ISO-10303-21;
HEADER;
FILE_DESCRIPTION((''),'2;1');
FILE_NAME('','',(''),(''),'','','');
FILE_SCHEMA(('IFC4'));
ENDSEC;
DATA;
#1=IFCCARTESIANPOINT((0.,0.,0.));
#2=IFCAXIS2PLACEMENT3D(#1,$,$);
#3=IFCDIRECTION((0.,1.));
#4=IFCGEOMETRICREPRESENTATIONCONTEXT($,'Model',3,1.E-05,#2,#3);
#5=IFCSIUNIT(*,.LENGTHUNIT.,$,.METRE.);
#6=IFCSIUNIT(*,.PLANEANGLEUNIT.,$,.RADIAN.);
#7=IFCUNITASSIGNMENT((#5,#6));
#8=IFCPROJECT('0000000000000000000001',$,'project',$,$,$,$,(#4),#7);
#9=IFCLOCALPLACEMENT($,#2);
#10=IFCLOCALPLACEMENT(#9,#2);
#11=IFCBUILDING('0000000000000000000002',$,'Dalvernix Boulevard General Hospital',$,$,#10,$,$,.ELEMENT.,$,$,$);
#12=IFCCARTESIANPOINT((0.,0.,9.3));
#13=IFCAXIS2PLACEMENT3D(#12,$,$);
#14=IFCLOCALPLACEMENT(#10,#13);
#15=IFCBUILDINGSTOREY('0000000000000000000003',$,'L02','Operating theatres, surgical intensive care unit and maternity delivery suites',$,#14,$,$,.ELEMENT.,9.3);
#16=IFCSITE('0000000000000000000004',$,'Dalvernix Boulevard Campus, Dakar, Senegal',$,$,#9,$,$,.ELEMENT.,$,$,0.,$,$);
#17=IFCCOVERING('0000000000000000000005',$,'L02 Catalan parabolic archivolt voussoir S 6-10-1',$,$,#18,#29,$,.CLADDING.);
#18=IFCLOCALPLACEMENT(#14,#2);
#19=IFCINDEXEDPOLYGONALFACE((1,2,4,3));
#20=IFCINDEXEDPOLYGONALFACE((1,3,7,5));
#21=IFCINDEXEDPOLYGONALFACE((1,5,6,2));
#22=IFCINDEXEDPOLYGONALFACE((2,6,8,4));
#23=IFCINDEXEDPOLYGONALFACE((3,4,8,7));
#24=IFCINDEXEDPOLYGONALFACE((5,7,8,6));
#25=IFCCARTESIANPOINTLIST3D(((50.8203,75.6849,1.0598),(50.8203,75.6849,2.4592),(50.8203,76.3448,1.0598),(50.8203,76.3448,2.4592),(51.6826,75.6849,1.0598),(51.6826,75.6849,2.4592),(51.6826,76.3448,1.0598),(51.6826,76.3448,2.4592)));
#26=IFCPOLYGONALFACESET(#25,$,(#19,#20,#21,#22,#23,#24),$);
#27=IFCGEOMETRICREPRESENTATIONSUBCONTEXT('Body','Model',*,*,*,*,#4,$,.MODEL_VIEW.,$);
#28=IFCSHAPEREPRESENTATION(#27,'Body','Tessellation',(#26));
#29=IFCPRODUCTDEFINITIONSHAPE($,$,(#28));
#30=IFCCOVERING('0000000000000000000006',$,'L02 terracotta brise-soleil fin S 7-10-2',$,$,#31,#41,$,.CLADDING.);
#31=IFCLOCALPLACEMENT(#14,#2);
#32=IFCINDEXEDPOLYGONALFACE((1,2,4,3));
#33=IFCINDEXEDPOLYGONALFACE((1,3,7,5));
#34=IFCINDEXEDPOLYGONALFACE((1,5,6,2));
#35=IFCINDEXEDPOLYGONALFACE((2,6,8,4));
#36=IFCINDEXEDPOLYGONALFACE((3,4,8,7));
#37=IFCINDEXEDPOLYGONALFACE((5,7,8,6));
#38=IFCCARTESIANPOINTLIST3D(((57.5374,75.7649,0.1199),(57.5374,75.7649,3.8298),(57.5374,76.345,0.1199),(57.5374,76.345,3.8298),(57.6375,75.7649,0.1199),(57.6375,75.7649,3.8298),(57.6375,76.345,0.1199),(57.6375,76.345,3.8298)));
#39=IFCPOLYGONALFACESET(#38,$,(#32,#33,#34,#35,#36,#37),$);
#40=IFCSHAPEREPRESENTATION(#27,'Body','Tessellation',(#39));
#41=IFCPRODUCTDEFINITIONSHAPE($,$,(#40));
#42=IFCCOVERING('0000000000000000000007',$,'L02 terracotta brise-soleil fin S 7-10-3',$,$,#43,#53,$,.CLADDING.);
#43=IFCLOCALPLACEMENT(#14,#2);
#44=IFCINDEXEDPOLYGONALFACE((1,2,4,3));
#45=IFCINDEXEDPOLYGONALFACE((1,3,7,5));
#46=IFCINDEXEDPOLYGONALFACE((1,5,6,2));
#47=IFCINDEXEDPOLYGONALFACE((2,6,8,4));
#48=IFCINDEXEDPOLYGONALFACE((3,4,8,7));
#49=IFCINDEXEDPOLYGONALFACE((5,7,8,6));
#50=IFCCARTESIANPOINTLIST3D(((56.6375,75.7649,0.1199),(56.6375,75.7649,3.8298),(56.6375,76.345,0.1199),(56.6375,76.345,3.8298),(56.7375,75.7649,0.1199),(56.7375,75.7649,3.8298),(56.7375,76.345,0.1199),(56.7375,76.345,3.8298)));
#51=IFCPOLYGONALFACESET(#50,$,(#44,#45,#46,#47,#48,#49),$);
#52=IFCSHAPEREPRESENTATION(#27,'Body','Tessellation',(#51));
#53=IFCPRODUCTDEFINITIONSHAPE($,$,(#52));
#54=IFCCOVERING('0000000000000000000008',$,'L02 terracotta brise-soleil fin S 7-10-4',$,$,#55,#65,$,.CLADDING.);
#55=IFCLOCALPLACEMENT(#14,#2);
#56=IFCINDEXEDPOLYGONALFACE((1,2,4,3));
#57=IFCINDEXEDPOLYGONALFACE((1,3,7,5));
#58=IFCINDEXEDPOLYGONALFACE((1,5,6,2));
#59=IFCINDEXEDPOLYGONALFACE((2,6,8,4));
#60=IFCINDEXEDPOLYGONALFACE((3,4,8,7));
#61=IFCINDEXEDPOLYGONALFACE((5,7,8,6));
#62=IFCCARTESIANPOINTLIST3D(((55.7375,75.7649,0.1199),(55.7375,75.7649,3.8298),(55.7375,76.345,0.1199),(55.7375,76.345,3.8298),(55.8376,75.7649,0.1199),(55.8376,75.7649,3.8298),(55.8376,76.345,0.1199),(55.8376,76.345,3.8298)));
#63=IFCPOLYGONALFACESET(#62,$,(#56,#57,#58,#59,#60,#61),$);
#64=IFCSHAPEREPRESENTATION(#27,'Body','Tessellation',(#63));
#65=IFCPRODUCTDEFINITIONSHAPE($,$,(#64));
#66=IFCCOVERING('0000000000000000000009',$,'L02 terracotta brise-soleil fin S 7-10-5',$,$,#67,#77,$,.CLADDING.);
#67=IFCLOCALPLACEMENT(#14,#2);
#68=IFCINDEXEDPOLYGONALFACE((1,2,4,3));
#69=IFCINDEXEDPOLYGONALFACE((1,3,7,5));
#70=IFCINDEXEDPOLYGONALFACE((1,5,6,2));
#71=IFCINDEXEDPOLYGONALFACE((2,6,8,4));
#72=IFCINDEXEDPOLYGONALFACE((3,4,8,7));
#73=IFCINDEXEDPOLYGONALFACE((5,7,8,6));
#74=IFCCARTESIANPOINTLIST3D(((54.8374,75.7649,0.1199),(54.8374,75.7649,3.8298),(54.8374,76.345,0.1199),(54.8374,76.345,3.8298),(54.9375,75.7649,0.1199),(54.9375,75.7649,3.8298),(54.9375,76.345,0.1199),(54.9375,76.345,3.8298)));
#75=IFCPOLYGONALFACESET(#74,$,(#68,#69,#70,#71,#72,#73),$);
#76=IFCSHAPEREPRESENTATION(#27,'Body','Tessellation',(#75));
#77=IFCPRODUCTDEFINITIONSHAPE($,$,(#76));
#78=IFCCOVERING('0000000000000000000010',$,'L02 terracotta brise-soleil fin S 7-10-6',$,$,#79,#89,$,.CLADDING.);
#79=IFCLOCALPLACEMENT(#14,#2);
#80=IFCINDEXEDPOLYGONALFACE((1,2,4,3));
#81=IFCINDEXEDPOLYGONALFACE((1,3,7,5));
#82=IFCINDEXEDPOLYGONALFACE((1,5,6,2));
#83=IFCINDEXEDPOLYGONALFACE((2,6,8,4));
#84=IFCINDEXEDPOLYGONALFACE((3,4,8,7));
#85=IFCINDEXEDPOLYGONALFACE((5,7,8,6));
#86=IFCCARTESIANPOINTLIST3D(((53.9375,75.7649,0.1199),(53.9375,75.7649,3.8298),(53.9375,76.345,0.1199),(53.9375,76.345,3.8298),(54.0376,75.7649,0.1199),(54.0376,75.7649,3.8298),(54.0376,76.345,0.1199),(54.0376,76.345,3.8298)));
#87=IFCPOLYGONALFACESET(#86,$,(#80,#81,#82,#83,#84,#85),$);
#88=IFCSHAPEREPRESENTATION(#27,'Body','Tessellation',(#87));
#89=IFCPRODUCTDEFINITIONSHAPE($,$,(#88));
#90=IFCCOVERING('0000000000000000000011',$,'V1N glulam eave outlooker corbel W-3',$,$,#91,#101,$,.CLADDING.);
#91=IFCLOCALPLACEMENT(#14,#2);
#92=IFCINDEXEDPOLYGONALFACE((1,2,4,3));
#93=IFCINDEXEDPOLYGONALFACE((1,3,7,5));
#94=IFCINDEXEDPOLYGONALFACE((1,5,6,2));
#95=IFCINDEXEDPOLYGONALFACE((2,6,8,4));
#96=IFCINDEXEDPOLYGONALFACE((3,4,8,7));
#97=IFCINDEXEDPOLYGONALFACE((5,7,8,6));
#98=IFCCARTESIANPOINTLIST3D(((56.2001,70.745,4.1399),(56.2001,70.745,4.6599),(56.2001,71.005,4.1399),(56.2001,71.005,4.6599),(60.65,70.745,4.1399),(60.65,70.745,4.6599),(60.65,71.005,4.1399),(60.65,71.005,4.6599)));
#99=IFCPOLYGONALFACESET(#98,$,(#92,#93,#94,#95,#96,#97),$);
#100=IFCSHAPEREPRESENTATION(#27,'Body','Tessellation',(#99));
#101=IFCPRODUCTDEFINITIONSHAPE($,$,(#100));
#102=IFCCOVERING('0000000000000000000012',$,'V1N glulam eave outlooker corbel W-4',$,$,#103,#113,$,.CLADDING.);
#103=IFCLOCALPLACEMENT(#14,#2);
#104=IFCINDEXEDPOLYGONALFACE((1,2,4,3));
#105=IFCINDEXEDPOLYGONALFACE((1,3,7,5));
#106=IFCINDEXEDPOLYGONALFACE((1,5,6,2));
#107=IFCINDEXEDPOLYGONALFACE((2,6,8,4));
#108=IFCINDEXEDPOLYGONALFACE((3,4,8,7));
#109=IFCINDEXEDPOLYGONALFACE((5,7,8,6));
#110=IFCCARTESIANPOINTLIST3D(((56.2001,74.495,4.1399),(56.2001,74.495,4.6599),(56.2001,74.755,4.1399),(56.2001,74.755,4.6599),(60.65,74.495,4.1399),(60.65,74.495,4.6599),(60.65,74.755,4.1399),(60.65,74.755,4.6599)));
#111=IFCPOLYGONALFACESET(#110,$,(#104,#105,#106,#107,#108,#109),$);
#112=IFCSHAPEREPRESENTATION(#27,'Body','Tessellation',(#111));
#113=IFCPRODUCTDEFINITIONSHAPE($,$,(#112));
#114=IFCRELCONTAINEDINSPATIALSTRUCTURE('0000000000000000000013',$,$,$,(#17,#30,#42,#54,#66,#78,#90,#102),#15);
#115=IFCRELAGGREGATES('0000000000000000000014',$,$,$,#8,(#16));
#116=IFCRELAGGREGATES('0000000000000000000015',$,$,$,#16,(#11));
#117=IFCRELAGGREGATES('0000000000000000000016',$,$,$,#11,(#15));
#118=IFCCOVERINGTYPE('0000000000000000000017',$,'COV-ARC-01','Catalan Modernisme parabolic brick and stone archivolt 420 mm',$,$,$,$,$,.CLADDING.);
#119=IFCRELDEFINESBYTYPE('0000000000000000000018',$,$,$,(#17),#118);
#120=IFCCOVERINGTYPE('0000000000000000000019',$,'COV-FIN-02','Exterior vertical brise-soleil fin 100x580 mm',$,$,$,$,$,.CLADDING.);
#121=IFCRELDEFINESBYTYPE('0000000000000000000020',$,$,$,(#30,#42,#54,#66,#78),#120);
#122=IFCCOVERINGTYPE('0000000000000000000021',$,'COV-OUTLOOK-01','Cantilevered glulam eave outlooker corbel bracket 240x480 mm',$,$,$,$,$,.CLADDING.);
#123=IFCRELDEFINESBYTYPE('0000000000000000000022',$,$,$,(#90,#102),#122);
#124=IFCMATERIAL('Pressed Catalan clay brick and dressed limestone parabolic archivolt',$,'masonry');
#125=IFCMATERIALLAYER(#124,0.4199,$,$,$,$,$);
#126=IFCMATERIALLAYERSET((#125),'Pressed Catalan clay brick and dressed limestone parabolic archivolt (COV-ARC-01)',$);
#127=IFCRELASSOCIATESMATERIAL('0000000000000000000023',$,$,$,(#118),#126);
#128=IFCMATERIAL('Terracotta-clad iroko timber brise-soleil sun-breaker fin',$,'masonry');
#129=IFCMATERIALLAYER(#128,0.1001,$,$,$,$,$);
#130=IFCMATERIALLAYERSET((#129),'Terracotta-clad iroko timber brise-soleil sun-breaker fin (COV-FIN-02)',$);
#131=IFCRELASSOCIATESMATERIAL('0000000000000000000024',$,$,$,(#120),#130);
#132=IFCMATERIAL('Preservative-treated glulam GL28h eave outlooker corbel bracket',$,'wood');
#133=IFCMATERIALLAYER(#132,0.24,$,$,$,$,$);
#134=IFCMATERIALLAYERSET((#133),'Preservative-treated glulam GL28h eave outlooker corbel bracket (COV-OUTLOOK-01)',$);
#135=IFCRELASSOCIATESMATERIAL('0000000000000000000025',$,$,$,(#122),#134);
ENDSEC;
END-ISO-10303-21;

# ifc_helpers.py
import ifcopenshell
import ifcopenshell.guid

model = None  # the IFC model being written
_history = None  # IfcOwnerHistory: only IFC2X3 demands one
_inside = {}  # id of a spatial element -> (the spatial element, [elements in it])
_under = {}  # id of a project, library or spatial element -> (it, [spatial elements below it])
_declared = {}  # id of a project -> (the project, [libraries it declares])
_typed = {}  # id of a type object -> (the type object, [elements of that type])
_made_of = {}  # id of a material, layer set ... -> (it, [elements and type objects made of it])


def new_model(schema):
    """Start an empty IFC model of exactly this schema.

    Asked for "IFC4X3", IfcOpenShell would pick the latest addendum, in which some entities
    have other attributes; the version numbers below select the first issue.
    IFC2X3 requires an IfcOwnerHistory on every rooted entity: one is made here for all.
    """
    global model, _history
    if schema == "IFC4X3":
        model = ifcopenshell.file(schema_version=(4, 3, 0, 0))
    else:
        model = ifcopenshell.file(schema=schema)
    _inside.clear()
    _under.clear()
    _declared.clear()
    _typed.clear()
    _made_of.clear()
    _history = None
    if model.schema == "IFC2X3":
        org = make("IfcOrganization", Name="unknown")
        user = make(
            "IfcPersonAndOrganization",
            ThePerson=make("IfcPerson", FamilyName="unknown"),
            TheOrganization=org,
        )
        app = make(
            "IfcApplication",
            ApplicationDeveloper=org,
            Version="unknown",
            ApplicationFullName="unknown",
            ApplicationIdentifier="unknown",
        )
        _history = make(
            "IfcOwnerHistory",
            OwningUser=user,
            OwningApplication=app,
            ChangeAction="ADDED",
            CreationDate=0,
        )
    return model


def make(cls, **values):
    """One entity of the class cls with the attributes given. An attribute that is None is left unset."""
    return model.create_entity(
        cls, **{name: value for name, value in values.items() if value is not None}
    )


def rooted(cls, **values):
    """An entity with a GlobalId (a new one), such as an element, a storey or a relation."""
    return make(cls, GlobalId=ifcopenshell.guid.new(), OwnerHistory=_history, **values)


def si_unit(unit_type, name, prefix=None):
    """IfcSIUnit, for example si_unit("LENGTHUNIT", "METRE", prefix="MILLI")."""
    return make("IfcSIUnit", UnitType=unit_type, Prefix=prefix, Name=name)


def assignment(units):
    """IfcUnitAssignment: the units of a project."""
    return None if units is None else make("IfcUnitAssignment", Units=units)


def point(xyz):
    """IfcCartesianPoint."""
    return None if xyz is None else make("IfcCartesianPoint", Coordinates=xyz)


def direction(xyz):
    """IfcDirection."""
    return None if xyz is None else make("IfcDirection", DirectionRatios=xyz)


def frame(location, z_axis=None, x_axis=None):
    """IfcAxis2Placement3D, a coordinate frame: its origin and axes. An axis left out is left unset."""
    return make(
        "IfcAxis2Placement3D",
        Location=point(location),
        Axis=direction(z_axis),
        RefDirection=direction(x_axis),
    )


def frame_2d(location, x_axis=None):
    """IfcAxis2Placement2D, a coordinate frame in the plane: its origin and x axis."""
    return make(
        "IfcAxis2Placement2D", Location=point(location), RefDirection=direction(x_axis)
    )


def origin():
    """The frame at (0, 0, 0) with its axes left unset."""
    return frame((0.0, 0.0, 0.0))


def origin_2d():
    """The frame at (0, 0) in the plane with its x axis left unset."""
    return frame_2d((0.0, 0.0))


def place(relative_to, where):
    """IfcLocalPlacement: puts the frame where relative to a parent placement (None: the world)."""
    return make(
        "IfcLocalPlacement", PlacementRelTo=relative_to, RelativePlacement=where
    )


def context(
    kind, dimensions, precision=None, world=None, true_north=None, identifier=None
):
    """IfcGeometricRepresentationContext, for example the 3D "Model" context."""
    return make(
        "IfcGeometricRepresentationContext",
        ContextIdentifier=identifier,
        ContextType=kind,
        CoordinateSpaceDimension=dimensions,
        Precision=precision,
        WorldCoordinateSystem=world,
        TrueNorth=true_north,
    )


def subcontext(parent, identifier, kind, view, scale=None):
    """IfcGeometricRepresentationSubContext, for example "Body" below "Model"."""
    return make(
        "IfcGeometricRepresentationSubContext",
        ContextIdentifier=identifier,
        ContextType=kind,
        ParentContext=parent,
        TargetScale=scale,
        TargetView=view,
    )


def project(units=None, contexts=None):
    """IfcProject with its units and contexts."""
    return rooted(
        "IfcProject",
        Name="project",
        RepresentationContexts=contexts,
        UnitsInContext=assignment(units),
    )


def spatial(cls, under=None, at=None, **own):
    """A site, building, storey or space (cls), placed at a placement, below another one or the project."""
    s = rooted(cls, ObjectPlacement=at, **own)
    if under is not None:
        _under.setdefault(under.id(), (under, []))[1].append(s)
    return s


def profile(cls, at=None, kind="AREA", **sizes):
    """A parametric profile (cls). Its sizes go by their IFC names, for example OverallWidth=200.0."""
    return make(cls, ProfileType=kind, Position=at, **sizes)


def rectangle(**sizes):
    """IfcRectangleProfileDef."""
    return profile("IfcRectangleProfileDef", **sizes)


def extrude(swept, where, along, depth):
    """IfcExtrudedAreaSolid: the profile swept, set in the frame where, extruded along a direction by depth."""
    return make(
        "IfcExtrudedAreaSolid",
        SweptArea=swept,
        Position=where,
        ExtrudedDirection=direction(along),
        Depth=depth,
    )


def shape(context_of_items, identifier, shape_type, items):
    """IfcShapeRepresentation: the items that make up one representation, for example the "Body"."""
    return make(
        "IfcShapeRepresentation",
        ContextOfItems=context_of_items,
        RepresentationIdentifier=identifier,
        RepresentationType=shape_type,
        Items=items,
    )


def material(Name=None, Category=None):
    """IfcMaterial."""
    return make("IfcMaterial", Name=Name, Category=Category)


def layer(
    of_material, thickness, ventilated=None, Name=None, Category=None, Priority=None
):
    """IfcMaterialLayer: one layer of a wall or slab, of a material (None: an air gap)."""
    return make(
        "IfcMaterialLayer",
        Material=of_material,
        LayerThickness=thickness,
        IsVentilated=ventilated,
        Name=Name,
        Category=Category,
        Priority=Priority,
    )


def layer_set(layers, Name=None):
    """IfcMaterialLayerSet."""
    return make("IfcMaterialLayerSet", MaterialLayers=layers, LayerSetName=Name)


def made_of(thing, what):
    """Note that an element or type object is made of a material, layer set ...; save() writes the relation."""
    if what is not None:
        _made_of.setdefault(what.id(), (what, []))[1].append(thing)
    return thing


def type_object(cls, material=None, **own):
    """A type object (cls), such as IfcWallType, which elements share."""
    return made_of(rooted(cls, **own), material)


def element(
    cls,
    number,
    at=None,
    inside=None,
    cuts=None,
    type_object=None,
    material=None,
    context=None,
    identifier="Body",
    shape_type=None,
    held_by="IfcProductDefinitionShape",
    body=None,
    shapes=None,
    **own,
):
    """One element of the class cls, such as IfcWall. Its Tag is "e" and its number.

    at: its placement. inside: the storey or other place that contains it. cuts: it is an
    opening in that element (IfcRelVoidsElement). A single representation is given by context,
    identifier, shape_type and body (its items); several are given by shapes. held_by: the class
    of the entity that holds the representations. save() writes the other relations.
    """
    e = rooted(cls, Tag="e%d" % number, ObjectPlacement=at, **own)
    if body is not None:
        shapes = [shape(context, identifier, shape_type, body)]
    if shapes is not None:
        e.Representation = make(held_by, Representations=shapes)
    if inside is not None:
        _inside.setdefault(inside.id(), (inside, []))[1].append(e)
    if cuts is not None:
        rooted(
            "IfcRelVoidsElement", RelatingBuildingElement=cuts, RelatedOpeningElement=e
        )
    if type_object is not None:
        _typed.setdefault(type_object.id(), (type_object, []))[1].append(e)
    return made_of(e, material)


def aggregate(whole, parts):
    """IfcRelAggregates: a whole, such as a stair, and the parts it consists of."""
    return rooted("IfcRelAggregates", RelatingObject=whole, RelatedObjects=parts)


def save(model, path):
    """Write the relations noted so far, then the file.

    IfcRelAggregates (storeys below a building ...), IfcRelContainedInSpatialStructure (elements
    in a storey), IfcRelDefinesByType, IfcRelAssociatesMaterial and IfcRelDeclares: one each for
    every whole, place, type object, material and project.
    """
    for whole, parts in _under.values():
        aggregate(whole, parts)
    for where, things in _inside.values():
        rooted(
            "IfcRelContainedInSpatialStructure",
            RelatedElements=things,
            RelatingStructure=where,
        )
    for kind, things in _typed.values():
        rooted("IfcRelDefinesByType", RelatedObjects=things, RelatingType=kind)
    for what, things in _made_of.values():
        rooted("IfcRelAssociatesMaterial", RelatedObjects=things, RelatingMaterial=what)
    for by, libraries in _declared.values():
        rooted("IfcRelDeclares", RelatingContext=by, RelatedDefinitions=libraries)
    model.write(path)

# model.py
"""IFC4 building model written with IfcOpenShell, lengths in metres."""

from ifc_helpers import new_model, si_unit, direction, frame, origin, origin_2d, place, context, subcontext, project, spatial, rectangle, extrude, material, layer, layer_set, type_object, element, save


model = new_model("IFC4")

# Units and contexts
model_context = context("Model", 3, precision=1e-05, world=origin(), true_north=direction((0.0, 1.0)))
body_context = subcontext(model_context, "Body", "Model", "MODEL_VIEW")
ifc_project = project(units=[si_unit("LENGTHUNIT", "METRE"), si_unit("PLANEANGLEUNIT", "RADIAN")], contexts=[model_context])

# Site, building, storey
site_placement = place(None, origin())
site = spatial("IfcSite", under=ifc_project, at=site_placement, Name="Dalvernix Boulevard Campus, Dakar, Senegal", CompositionType="ELEMENT", RefElevation=0.0)
building_placement = place(site_placement, origin())
building = spatial("IfcBuilding", under=site, at=building_placement, Name="Dalvernix Boulevard General Hospital", CompositionType="ELEMENT")
storey_placement = place(building_placement, frame((0.0, 0.0, 9.3)))
storey = spatial("IfcBuildingStorey", under=building, at=storey_placement, Name="L02", Description="Operating theatres, surgical intensive care unit and maternity delivery suites", CompositionType="ELEMENT", Elevation=9.3)

# Coverings
ifc_material_1 = material(Name="Pressed Catalan clay brick and dressed limestone parabolic archivolt", Category="masonry")
ifc_layer_1 = layer(ifc_material_1, 0.4199)
ifc_layer_set_1 = layer_set([ifc_layer_1], Name="Pressed Catalan clay brick and dressed limestone parabolic archivolt (COV-ARC-01)")
covering_type_1 = type_object("IfcCoveringType", Name="COV-ARC-01", Description="Catalan Modernisme parabolic brick and stone archivolt 420 mm", PredefinedType="CLADDING", material=ifc_layer_set_1)
covering_1_placement = place(storey_placement, frame((51.2515, 76.0149, 1.0598), z_axis=(0.0, 0.0, 1.0), x_axis=(-1.0, 0.0, 0.0)))
element("IfcCovering", 1, at=covering_1_placement, inside=storey, type_object=covering_type_1, Name="L02 Catalan parabolic archivolt voussoir S 6-10-1", PredefinedType="CLADDING", context=body_context, shape_type="SweptSolid", body=[
    extrude(rectangle(XDim=0.8623, YDim=0.6599, at=origin_2d()), origin(), (0.0, 0.0, 1.0), 1.3994),
])
ifc_material_2 = material(Name="Terracotta-clad iroko timber brise-soleil sun-breaker fin", Category="masonry")
ifc_layer_2 = layer(ifc_material_2, 0.1001)
ifc_layer_set_2 = layer_set([ifc_layer_2], Name="Terracotta-clad iroko timber brise-soleil sun-breaker fin (COV-FIN-02)")
covering_type_2 = type_object("IfcCoveringType", Name="COV-FIN-02", Description="Exterior vertical brise-soleil fin 100x580 mm", PredefinedType="CLADDING", material=ifc_layer_set_2)
for number, where, z_axis, x_axis, name in (
    (2, (57.5874, 76.0549, 0.1199), (0.0, 0.0, 1.0), (-1.0, 0.0, 0.0), "L02 terracotta brise-soleil fin S 7-10-2"),
    (3, (56.6875, 76.0549, 0.1199), (0.0, 0.0, 1.0), (-1.0, 0.0, 0.0), "L02 terracotta brise-soleil fin S 7-10-3"),
    (4, (55.7876, 76.0549, 0.1199), (0.0, 0.0, 1.0), (-1.0, 0.0, 0.0), "L02 terracotta brise-soleil fin S 7-10-4"),
    (5, (54.8875, 76.0549, 0.1199), (0.0, 0.0, 1.0), (-1.0, 0.0, 0.0), "L02 terracotta brise-soleil fin S 7-10-5"),
    (6, (53.9875, 76.0549, 0.1199), (0.0, 0.0, 1.0), (-1.0, 0.0, 0.0), "L02 terracotta brise-soleil fin S 7-10-6"),
):
    element("IfcCovering", number, at=place(storey_placement, frame(where, z_axis=z_axis, x_axis=x_axis)), inside=storey, type_object=covering_type_2, Name=name, PredefinedType="CLADDING", context=body_context, shape_type="SweptSolid", body=[
        extrude(rectangle(XDim=0.1001, YDim=0.5801, at=origin_2d()), origin(), (0.0, 0.0, 1.0), 3.71),
    ])
ifc_material_3 = material(Name="Preservative-treated glulam GL28h eave outlooker corbel bracket", Category="wood")
ifc_layer_3 = layer(ifc_material_3, 0.24)
ifc_layer_set_3 = layer_set([ifc_layer_3], Name="Preservative-treated glulam GL28h eave outlooker corbel bracket (COV-OUTLOOK-01)")
covering_type_3 = type_object("IfcCoveringType", Name="COV-OUTLOOK-01", Description="Cantilevered glulam eave outlooker corbel bracket 240x480 mm", PredefinedType="CLADDING", material=ifc_layer_set_3)
for number, where, z_axis, x_axis, name in (
    (7, (58.425, 70.875, 4.1399), (0.0, 0.0, 1.0), (1.0, 0.0, 0.0), "V1N glulam eave outlooker corbel W-3"),
    (8, (58.425, 74.625, 4.1399), (0.0, 0.0, 1.0), (1.0, 0.0, 0.0), "V1N glulam eave outlooker corbel W-4"),
):
    element("IfcCovering", number, at=place(storey_placement, frame(where, z_axis=z_axis, x_axis=x_axis)), inside=storey, type_object=covering_type_3, Name=name, PredefinedType="CLADDING", context=body_context, shape_type="SweptSolid", body=[
        extrude(rectangle(XDim=4.45, YDim=0.26, at=origin_2d()), origin(), (0.0, 0.0, 1.0), 0.52),
    ])

save(model, "model.ifc")
